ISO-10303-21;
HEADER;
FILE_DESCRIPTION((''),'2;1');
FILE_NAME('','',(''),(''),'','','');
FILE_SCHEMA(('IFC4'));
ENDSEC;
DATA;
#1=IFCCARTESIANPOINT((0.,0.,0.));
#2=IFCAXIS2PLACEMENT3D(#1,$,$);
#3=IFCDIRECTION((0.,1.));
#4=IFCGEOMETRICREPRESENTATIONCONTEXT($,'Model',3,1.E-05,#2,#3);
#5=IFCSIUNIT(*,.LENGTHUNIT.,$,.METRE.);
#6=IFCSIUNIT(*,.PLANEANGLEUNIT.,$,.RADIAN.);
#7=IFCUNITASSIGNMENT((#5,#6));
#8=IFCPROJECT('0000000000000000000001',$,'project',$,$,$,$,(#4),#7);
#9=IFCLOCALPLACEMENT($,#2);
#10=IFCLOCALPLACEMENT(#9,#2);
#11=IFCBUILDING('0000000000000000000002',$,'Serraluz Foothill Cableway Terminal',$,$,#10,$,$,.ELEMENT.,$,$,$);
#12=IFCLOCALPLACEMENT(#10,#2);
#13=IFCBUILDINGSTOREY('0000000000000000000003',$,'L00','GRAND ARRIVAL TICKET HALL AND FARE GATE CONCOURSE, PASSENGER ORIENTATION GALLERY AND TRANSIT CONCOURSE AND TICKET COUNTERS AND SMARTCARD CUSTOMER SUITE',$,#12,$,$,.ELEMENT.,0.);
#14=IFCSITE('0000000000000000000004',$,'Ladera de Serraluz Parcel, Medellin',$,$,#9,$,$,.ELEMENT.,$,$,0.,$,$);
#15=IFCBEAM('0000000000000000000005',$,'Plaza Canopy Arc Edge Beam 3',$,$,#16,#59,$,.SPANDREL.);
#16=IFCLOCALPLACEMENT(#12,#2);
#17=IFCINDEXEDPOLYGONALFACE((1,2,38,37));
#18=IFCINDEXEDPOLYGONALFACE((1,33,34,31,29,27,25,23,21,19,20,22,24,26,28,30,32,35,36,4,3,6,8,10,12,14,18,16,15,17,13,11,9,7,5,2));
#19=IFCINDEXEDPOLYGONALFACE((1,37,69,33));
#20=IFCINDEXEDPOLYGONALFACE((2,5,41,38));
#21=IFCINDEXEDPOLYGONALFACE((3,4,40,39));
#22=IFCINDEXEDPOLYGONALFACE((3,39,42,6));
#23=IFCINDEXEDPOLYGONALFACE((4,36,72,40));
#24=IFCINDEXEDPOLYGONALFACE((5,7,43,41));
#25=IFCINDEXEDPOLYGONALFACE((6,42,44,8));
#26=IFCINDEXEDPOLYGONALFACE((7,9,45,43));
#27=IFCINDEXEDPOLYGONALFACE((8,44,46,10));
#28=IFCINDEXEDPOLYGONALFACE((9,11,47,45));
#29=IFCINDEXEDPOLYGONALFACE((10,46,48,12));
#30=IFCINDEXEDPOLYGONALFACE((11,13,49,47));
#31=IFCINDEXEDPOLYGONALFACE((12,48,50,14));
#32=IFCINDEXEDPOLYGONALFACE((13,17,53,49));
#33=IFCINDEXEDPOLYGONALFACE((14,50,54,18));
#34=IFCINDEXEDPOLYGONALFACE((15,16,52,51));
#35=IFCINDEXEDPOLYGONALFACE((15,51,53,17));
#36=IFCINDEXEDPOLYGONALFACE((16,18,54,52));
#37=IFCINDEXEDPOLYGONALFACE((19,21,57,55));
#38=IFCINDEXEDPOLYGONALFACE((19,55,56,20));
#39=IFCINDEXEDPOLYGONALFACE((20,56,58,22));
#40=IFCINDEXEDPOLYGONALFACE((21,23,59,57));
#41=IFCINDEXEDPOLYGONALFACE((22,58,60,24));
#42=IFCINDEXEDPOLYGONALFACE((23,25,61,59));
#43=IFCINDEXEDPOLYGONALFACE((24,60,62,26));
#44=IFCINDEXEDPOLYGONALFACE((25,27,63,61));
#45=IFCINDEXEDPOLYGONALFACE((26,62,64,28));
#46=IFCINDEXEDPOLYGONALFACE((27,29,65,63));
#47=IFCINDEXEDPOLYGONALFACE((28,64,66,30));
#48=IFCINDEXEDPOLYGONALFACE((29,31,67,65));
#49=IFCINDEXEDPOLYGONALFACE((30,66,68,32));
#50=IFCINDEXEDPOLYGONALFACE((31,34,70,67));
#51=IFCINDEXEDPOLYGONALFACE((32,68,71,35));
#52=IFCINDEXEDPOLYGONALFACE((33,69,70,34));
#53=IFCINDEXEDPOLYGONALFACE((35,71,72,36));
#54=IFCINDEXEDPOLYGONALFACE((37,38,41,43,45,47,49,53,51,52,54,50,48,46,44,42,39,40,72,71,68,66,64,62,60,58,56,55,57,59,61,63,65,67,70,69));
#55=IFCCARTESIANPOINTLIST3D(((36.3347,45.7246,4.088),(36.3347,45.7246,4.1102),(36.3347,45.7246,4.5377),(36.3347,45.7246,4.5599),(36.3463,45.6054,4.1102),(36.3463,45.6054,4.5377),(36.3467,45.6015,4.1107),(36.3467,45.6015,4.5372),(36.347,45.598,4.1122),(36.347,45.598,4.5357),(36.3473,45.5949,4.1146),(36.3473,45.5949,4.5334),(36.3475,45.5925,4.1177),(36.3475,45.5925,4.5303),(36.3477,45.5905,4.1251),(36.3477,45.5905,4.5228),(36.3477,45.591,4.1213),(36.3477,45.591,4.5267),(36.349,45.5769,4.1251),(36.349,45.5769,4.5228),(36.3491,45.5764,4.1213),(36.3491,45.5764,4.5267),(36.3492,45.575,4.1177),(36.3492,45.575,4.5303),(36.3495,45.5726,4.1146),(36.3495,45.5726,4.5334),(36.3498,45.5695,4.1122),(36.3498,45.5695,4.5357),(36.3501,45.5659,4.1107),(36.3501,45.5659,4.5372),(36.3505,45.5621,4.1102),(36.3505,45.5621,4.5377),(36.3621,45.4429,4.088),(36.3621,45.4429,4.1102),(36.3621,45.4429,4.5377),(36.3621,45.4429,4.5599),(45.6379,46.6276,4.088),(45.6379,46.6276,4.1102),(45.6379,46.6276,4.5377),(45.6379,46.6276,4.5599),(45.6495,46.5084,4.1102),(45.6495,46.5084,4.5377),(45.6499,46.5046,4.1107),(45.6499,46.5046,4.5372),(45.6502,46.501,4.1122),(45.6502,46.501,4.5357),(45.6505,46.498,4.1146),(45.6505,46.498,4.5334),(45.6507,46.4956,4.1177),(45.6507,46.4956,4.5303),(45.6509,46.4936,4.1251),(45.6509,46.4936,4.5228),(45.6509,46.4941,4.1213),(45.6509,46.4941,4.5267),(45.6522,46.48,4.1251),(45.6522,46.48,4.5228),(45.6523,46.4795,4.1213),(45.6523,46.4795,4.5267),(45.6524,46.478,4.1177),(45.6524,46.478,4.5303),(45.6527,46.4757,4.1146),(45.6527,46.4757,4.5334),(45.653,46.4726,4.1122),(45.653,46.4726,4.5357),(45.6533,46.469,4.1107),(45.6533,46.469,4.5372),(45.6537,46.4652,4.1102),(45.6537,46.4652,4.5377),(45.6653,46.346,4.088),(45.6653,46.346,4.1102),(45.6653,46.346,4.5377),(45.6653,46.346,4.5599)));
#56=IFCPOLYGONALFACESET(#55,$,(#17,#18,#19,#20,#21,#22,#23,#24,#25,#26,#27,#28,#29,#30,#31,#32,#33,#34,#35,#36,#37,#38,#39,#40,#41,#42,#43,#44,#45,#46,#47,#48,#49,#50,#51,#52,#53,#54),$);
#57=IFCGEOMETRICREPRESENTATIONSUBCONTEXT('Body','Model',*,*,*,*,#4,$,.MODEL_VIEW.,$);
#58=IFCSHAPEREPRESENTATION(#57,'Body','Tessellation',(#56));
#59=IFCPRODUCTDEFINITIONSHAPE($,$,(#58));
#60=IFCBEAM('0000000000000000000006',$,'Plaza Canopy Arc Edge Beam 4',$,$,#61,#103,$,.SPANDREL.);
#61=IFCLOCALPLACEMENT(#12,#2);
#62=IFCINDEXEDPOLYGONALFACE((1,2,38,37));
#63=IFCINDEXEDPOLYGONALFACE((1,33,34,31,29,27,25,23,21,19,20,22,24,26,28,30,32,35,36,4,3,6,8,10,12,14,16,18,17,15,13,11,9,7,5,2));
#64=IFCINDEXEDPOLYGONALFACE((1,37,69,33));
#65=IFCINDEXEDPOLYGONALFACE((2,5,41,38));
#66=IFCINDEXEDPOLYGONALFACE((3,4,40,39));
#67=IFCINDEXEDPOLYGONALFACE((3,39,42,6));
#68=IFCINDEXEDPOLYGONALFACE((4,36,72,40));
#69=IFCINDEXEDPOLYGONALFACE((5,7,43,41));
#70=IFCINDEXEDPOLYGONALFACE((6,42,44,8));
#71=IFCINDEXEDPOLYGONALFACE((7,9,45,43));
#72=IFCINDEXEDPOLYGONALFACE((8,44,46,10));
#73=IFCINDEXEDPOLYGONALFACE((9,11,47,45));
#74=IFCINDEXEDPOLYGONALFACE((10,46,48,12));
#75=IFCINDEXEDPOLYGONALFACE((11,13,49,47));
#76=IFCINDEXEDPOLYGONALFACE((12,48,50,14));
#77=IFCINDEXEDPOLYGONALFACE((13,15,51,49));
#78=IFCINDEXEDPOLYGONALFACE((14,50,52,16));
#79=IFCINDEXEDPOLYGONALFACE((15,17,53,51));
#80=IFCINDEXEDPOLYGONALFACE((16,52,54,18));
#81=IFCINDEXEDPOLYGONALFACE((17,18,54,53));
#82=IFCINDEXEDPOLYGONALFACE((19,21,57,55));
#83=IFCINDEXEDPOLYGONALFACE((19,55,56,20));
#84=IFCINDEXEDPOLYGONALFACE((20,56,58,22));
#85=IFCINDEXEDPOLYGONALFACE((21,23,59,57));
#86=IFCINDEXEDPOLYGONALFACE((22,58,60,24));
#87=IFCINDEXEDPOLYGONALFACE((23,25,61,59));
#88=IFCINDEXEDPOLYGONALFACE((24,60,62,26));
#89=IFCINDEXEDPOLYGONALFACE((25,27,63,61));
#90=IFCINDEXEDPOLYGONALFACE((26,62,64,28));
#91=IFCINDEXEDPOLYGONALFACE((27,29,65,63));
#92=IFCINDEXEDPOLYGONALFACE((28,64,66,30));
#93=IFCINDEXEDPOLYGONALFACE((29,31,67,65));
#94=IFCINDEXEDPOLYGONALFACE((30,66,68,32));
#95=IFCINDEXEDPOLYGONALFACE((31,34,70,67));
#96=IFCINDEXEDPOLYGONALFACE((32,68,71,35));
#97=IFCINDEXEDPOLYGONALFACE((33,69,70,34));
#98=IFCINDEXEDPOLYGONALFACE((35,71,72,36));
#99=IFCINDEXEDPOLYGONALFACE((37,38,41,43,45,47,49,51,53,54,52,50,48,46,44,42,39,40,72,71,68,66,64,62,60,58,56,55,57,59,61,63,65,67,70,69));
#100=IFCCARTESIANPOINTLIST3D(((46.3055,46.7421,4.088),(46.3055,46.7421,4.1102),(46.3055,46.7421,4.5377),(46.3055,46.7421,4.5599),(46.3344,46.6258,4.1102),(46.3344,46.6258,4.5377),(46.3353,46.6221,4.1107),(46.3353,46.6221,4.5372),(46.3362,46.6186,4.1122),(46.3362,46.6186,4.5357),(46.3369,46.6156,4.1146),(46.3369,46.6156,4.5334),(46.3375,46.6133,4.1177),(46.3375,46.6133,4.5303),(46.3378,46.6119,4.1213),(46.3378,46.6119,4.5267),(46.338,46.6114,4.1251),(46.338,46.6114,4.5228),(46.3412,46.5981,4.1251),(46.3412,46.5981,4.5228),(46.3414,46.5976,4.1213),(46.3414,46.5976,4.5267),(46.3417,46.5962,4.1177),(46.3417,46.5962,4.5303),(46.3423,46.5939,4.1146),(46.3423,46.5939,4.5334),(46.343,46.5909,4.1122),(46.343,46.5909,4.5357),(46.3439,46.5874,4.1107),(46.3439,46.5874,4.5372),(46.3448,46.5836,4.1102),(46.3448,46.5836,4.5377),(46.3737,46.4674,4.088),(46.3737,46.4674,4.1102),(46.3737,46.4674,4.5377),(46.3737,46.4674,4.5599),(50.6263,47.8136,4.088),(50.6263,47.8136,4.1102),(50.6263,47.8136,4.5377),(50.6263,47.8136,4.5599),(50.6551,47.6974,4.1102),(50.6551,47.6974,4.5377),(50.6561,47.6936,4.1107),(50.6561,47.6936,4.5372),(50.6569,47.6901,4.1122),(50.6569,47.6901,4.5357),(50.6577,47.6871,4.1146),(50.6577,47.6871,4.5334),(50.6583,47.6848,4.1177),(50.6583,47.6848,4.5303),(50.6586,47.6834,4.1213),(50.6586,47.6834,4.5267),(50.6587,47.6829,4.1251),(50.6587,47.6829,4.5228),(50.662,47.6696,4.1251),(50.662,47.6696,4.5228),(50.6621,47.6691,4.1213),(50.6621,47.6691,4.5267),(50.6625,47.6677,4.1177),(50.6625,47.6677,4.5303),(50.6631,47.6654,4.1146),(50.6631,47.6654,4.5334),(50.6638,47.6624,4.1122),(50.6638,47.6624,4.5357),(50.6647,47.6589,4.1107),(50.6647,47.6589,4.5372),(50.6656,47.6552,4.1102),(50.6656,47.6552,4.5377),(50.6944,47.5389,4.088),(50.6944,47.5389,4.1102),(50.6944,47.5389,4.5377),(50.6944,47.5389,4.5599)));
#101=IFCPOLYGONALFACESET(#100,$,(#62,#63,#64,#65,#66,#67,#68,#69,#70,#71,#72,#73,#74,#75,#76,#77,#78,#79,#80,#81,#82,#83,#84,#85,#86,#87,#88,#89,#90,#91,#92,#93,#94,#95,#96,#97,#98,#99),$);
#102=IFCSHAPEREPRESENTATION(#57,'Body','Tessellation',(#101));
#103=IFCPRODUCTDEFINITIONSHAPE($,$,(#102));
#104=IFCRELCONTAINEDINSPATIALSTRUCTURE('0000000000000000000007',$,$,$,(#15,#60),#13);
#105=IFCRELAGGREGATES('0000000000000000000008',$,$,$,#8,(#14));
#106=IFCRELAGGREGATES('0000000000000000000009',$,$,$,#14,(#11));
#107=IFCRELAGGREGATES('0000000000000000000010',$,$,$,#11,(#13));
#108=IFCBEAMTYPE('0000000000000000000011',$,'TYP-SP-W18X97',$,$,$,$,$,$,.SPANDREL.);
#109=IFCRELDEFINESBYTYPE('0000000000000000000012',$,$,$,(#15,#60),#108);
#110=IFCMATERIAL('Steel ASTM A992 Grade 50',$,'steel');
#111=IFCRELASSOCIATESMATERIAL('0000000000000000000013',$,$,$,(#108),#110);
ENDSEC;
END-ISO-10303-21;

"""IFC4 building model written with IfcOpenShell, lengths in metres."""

from ifc_helpers import new_model, si_unit, direction, frame, origin, origin_2d, place, context, subcontext, project, spatial, i_section, extrude, material, material_profile, profile_set, type_object, element, save


model = new_model("IFC4")

# Units and contexts
model_context = context("Model", 3, precision=1e-05, world=origin(), true_north=direction((0.0, 1.0)))
body_context = subcontext(model_context, "Body", "Model", "MODEL_VIEW")
ifc_project = project(units=[si_unit("LENGTHUNIT", "METRE"), si_unit("PLANEANGLEUNIT", "RADIAN")], contexts=[model_context])

# Site, building, storey
site_placement = place(None, origin())
site = spatial("IfcSite", under=ifc_project, at=site_placement, Name="Ladera de Serraluz Parcel, Medellin", CompositionType="ELEMENT", RefElevation=0.0)
building_placement = place(site_placement, origin())
building = spatial("IfcBuilding", under=site, at=building_placement, Name="Serraluz Foothill Cableway Terminal", CompositionType="ELEMENT")
storey_placement = place(building_placement, origin())
storey = spatial("IfcBuildingStorey", under=building, at=storey_placement, Name="L00", Description="GRAND ARRIVAL TICKET HALL AND FARE GATE CONCOURSE, PASSENGER ORIENTATION GALLERY AND TRANSIT CONCOURSE AND TICKET COUNTERS AND SMARTCARD CUSTOMER SUITE", CompositionType="ELEMENT", Elevation=0.0)

# Beams
ifc_material_1 = material(Name="Steel ASTM A992 Grade 50", Category="steel")
ifc_material_profile_1 = material_profile(ifc_material_1, i_section(OverallWidth=0.283, OverallDepth=0.4719, WebThickness=0.0137, FlangeThickness=0.0222, FilletRadius=0.0149, at=origin_2d()), Name="W18X97")
ifc_profile_set_1 = profile_set([ifc_material_profile_1], Name="Steel ASTM A992 Grade 50")
beam_type = type_object("IfcBeamType", Name="TYP-SP-W18X97", PredefinedType="SPANDREL", material=ifc_profile_set_1)
for number, where, z_axis, x_axis, name in (
    (1, (36.3484, 45.5837, 4.324), (0.995322, 0.096617, 0.0), (-0.096617, 0.995322, 0.0), "Plaza Canopy Arc Edge Beam 3"),
):
    element("IfcBeam", number, at=place(storey_placement, frame(where, z_axis=z_axis, x_axis=x_axis)), inside=storey, type_object=beam_type, Name=name, PredefinedType="SPANDREL", context=body_context, shape_type="SweptSolid", body=[
        extrude(i_section(OverallWidth=0.283, OverallDepth=0.4719, WebThickness=0.0137, FlangeThickness=0.0222, FilletRadius=0.0149, at=origin_2d()), origin(), (0.0, 0.0, 1.0), 9.3469),
    ])
beam_placement = place(storey_placement, frame((46.3396, 46.6047, 4.324), z_axis=(0.970599, 0.240703, 0.0), x_axis=(-0.240703, 0.970599, 0.0)))
element("IfcBeam", 2, at=beam_placement, inside=storey, type_object=beam_type, Name="Plaza Canopy Arc Edge Beam 4", PredefinedType="SPANDREL", context=body_context, shape_type="SweptSolid", body=[
    extrude(i_section(OverallWidth=0.283, OverallDepth=0.4719, WebThickness=0.0137, FlangeThickness=0.0222, FilletRadius=0.0149, at=origin_2d()), origin(), (0.0, 0.0, 1.0), 4.4517),
])

save(model, "model.ifc")
